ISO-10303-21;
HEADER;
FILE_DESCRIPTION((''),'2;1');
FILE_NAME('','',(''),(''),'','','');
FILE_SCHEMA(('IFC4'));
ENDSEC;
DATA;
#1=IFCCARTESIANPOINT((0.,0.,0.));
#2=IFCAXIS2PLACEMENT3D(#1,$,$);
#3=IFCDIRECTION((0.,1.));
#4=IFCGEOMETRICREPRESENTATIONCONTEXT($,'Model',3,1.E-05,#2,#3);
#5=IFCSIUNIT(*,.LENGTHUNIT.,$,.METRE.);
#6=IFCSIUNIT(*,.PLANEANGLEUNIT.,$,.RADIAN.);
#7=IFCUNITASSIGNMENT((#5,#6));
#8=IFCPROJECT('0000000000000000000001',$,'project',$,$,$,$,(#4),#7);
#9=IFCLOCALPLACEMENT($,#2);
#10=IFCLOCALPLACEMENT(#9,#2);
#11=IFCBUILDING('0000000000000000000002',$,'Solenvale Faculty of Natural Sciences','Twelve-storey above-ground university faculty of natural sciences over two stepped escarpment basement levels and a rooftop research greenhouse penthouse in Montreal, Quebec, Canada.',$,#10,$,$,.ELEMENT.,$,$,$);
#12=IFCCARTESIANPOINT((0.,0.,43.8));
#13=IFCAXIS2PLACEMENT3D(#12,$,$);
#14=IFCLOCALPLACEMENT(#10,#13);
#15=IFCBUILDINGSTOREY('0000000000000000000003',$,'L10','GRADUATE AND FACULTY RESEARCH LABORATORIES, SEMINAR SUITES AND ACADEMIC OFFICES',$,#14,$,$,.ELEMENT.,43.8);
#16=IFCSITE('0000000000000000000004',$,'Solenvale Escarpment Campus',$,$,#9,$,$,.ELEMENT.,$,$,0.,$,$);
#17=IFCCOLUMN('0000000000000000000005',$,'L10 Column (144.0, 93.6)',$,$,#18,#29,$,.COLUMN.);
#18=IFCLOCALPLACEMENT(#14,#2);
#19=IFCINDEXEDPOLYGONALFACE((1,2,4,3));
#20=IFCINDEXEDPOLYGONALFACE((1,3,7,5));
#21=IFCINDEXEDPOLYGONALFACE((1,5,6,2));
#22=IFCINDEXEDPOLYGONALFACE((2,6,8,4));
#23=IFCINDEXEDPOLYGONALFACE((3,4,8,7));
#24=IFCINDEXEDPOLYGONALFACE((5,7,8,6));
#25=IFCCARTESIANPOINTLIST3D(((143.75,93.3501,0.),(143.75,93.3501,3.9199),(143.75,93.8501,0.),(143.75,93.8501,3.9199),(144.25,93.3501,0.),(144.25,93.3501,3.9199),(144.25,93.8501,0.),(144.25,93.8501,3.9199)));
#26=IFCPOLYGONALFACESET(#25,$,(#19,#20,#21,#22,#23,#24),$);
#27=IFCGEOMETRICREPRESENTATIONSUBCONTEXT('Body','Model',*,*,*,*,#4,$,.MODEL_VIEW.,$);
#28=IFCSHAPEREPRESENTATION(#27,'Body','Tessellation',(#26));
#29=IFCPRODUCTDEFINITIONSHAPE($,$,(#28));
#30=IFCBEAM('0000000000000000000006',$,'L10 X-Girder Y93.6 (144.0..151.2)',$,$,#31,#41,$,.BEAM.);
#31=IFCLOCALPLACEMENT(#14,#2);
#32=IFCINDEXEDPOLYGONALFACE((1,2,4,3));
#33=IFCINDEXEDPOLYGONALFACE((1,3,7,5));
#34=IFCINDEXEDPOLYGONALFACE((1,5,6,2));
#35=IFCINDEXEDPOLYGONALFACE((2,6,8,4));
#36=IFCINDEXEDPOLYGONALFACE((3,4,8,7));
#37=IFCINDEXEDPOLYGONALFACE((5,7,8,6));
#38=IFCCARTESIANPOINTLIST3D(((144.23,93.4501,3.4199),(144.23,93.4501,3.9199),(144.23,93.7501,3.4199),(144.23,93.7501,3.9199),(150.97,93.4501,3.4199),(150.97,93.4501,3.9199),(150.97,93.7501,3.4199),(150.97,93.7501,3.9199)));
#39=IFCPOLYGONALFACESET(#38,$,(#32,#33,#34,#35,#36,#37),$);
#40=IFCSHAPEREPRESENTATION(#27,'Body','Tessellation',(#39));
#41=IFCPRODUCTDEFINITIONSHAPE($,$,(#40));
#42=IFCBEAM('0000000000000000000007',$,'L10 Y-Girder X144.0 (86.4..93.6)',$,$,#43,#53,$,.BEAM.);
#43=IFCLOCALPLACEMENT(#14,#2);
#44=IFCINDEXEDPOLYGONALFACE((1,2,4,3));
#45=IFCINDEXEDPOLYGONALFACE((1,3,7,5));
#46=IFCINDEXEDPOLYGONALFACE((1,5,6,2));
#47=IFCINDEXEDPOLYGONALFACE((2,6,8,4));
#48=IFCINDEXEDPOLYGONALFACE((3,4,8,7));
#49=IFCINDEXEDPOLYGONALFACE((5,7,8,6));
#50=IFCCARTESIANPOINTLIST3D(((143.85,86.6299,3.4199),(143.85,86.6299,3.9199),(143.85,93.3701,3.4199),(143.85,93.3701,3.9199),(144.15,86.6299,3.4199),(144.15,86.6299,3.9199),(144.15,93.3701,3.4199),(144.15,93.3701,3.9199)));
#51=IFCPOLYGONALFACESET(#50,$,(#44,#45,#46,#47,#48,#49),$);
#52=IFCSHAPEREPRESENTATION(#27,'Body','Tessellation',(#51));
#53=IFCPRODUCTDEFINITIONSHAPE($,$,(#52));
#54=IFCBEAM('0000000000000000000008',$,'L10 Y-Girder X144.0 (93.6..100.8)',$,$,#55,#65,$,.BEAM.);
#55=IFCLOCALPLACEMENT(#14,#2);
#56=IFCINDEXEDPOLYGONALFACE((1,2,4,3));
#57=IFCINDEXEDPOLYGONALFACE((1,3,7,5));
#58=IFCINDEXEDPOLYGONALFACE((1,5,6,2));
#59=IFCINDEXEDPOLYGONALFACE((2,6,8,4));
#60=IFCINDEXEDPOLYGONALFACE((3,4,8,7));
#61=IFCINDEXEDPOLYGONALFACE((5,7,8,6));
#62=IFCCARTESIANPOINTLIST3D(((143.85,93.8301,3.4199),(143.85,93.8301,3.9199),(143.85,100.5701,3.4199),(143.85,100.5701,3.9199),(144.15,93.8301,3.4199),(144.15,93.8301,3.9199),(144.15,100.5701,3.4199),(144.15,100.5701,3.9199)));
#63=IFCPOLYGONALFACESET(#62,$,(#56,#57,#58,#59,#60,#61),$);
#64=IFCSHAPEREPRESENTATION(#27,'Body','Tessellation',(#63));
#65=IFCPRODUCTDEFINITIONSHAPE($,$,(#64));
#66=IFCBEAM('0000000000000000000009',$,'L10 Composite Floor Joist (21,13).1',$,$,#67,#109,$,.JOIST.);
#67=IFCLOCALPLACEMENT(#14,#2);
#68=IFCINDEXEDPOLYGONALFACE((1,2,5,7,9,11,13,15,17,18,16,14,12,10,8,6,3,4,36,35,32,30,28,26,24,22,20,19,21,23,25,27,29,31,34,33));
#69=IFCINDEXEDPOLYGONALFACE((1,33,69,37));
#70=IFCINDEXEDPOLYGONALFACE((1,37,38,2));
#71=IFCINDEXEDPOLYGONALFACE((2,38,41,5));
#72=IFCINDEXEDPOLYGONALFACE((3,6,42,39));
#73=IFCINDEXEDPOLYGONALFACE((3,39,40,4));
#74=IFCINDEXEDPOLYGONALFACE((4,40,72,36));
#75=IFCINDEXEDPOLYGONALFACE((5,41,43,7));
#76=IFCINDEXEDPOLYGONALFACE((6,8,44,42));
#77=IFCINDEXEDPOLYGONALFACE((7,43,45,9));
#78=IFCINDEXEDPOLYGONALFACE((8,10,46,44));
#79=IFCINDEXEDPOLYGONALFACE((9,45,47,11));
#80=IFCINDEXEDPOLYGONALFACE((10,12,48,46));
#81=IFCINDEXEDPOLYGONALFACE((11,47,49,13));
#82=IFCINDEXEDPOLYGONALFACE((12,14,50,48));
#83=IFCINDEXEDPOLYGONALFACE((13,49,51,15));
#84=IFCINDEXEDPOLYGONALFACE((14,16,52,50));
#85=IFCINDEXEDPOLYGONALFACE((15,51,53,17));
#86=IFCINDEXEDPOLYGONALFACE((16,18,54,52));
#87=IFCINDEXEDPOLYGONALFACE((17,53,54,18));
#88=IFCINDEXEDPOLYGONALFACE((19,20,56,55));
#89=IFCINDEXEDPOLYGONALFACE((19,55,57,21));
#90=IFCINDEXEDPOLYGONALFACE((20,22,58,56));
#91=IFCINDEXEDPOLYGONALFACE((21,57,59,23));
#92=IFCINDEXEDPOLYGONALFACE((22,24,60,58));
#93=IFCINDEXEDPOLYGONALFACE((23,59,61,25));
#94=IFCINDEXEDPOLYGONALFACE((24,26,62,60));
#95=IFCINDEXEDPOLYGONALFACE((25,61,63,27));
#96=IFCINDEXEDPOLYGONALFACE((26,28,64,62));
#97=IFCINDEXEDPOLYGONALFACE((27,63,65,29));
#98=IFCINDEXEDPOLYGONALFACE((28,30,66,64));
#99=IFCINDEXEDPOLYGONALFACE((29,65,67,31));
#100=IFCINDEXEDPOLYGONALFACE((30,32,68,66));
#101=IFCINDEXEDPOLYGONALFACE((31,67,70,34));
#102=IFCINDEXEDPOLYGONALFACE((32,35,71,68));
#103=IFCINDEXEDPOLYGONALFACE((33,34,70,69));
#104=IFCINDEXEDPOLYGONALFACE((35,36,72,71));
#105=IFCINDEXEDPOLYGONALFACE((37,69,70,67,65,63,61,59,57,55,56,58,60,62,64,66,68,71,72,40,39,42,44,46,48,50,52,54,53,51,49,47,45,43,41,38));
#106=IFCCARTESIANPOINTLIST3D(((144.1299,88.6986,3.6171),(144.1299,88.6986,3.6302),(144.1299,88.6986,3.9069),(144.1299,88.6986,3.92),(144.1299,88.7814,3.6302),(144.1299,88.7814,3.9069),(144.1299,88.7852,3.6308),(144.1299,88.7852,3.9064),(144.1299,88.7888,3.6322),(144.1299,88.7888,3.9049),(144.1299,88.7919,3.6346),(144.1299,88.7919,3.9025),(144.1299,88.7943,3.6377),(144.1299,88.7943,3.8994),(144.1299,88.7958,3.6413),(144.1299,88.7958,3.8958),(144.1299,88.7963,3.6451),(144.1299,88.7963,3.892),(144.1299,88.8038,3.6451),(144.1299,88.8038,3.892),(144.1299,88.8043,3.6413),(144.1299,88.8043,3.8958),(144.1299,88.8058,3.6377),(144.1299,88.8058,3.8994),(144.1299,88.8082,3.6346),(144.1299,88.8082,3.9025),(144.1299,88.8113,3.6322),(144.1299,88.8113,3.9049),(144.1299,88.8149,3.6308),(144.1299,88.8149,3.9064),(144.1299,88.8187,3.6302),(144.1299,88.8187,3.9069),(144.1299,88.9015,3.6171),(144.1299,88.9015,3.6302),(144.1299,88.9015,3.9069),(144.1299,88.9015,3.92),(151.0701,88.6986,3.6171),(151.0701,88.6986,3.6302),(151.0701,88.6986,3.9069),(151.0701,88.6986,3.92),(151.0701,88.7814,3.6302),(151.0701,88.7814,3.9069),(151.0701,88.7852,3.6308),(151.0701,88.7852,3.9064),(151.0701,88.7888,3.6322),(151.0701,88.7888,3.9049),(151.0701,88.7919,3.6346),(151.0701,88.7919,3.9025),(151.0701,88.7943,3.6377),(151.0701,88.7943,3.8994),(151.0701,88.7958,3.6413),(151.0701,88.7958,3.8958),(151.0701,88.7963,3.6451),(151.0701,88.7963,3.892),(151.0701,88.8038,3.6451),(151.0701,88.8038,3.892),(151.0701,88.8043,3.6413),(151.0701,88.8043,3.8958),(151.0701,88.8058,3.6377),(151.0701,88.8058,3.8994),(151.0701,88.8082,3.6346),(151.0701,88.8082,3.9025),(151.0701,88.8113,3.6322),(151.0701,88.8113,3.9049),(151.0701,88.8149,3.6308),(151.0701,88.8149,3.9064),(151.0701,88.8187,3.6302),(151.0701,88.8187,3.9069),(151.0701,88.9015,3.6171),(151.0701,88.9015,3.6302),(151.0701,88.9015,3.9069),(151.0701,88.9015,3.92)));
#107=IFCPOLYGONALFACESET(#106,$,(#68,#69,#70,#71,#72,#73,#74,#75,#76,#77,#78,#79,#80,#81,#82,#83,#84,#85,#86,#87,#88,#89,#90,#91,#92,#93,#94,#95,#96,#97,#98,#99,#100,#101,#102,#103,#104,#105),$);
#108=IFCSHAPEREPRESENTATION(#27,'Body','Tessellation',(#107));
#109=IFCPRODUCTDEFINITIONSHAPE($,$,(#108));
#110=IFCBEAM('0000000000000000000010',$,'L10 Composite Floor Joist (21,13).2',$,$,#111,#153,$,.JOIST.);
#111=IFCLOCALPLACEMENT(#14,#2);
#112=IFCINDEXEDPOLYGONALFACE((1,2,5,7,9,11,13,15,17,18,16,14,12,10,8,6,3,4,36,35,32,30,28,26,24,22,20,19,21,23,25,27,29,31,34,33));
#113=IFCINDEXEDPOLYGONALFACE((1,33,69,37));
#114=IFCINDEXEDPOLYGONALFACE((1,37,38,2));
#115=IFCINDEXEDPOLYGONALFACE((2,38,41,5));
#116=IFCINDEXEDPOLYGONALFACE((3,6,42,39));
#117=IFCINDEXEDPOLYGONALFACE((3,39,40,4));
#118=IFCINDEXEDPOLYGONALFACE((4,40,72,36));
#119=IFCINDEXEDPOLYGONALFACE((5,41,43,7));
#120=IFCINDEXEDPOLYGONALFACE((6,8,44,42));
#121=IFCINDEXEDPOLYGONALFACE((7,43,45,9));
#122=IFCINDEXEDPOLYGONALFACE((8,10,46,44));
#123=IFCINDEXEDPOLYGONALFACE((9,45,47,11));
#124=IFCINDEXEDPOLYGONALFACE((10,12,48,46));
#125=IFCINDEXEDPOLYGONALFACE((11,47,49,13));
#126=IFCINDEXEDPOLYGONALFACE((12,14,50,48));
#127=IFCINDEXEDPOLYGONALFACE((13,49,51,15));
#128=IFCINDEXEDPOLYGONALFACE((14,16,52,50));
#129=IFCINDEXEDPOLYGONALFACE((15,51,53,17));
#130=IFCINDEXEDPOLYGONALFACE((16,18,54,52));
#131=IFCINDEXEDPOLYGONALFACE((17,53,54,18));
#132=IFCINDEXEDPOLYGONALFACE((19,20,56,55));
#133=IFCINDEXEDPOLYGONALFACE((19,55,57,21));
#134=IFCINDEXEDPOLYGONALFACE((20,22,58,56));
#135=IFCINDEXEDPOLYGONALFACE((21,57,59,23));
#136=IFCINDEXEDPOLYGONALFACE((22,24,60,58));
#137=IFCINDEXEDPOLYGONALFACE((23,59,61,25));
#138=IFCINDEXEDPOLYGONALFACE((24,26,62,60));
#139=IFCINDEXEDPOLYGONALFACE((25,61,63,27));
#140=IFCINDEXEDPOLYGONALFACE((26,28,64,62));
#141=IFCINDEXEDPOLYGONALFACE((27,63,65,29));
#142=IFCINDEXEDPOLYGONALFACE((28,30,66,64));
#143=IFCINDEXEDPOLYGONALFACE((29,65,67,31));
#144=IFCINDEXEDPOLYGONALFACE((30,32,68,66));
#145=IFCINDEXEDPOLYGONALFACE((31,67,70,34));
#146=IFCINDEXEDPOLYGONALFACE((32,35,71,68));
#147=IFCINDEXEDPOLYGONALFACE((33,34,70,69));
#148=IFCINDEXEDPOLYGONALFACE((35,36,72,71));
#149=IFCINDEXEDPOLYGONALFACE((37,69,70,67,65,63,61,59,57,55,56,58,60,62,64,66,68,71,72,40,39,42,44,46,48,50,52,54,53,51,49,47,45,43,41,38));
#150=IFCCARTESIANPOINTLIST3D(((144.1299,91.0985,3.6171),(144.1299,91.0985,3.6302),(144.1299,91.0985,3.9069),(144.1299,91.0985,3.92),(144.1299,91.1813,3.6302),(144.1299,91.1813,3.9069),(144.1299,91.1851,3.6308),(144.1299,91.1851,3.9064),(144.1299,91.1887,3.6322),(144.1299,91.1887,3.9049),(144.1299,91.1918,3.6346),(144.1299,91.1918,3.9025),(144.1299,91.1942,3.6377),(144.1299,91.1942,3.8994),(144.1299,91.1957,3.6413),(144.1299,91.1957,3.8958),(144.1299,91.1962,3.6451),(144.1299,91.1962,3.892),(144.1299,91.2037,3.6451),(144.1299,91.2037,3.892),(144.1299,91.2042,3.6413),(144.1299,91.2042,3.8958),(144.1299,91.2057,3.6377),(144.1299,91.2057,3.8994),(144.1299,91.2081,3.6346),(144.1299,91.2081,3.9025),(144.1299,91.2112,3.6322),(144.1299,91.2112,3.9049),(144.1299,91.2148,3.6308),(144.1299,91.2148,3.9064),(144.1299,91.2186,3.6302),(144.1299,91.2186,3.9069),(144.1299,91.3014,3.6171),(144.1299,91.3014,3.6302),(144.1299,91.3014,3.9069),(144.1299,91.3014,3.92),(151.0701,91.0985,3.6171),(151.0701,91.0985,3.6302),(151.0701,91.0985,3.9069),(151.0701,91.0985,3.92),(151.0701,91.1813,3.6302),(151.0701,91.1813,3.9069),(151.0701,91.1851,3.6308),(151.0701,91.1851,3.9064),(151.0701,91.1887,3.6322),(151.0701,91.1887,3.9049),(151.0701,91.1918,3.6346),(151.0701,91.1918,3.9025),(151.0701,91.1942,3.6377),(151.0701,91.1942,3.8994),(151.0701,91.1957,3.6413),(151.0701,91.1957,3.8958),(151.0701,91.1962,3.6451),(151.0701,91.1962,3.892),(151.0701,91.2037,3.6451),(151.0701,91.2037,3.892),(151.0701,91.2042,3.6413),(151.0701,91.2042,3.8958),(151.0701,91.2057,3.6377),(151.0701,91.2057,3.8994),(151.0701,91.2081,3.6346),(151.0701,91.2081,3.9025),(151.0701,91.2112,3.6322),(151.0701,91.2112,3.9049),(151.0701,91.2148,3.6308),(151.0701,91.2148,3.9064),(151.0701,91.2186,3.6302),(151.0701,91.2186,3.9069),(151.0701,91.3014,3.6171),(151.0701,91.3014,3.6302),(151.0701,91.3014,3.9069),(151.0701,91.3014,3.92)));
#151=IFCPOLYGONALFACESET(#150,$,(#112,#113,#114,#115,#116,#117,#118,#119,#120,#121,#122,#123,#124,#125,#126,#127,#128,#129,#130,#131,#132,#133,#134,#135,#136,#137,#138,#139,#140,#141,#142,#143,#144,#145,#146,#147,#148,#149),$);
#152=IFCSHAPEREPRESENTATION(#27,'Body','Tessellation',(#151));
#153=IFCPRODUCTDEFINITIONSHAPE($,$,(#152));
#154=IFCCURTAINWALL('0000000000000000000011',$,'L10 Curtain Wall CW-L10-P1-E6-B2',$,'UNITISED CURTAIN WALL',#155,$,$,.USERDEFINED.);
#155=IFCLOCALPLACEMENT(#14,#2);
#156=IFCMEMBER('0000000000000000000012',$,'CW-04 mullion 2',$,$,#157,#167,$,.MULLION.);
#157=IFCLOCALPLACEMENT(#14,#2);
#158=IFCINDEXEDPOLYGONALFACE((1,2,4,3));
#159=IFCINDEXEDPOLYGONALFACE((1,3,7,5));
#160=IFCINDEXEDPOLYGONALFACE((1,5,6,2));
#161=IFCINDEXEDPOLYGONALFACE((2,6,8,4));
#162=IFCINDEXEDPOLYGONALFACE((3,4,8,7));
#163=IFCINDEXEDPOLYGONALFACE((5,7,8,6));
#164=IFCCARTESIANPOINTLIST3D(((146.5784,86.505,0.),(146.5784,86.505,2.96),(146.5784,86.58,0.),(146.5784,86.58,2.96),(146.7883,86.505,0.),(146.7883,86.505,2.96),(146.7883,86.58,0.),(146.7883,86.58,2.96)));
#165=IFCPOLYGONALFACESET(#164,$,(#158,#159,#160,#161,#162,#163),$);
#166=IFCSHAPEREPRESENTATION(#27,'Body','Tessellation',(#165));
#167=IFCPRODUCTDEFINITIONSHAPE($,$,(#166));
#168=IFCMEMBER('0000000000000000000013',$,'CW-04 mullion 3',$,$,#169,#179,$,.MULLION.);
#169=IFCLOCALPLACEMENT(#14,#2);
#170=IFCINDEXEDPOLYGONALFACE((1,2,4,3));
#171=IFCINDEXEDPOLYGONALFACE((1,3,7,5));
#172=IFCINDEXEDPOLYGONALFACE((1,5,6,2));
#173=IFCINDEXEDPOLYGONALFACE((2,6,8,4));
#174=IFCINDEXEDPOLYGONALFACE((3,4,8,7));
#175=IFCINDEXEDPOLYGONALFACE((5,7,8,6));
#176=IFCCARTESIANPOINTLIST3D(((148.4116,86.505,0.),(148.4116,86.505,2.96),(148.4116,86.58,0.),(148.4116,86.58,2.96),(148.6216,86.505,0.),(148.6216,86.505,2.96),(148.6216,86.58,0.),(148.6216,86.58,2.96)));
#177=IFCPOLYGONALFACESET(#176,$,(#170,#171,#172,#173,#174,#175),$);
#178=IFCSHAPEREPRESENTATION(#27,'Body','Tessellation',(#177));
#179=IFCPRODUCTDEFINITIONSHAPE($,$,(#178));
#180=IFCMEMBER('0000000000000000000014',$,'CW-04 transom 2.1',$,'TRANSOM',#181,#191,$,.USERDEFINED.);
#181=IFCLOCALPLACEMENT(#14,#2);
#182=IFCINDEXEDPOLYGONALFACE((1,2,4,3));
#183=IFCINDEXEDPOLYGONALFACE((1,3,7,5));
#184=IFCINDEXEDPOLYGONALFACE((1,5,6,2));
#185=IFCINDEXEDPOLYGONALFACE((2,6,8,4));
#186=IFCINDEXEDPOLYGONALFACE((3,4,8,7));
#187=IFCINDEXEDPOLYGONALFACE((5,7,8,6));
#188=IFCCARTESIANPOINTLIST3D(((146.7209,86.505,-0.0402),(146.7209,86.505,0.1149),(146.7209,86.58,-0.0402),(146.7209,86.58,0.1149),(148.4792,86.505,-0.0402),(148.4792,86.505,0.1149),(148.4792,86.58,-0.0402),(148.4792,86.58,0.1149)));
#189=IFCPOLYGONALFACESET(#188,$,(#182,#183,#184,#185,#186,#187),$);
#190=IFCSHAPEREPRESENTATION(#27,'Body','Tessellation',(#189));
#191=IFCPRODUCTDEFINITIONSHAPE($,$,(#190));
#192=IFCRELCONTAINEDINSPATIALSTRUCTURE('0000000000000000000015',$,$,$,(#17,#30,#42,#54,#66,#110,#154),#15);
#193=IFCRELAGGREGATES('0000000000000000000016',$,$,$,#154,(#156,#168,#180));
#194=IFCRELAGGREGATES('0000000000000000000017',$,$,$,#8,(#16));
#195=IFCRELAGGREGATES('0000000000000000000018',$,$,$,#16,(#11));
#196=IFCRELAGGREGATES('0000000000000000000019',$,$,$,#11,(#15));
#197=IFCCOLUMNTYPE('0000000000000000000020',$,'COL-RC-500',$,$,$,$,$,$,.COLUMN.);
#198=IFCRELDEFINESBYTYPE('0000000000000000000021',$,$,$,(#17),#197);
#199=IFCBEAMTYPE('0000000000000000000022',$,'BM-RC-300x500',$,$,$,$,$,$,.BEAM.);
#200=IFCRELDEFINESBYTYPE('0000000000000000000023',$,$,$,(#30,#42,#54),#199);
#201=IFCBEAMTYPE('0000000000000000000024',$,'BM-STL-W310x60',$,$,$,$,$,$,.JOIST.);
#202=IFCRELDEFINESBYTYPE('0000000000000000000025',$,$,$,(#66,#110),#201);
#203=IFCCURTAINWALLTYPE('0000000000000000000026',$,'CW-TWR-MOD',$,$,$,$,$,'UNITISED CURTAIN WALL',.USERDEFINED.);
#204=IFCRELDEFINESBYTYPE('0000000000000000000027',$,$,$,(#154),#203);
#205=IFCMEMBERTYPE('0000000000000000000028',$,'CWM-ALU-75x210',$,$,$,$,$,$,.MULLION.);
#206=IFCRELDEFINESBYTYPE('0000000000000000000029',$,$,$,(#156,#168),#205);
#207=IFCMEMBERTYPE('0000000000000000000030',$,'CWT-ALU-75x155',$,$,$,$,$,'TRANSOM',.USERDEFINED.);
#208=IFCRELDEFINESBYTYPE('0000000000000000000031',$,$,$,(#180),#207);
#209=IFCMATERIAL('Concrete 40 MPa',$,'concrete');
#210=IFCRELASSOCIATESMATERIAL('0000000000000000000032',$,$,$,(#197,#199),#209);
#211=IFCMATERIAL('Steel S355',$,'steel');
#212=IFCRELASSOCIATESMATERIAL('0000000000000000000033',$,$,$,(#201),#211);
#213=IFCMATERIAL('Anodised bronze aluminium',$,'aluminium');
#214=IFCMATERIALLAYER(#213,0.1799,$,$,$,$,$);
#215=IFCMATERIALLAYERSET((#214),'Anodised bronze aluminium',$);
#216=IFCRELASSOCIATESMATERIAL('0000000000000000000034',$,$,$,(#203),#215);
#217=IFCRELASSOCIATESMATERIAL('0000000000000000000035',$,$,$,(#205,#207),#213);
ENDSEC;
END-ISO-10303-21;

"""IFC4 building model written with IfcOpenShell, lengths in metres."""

from ifc_helpers import new_model, si_unit, direction, frame, origin, origin_2d, place, context, subcontext, project, spatial, rectangle, i_section, extrude, material, layer, layer_set, material_profile, profile_set, type_object, element, aggregate, save


model = new_model("IFC4")

# Units and contexts
model_context = context("Model", 3, precision=1e-05, world=origin(), true_north=direction((0.0, 1.0)))
body_context = subcontext(model_context, "Body", "Model", "MODEL_VIEW")
ifc_project = project(units=[si_unit("LENGTHUNIT", "METRE"), si_unit("PLANEANGLEUNIT", "RADIAN")], contexts=[model_context])

# Site, building, storey
site_placement = place(None, origin())
site = spatial("IfcSite", under=ifc_project, at=site_placement, Name="Solenvale Escarpment Campus", CompositionType="ELEMENT", RefElevation=0.0)
building_placement = place(site_placement, origin())
building = spatial("IfcBuilding", under=site, at=building_placement, Name="Solenvale Faculty of Natural Sciences", Description="Twelve-storey above-ground university faculty of natural sciences over two stepped escarpment basement levels and a rooftop research greenhouse penthouse in Montreal, Quebec, Canada.", CompositionType="ELEMENT")
storey_placement = place(building_placement, frame((0.0, 0.0, 43.8)))
storey = spatial("IfcBuildingStorey", under=building, at=storey_placement, Name="L10", Description="GRADUATE AND FACULTY RESEARCH LABORATORIES, SEMINAR SUITES AND ACADEMIC OFFICES", CompositionType="ELEMENT", Elevation=43.8)

# Column
ifc_material_1 = material(Name="Concrete 40 MPa", Category="concrete")
ifc_material_profile_1 = material_profile(ifc_material_1, rectangle(XDim=0.5, YDim=0.5, at=origin_2d()), Name="RC-COL-500x500")
ifc_profile_set_1 = profile_set([ifc_material_profile_1], Name="Concrete 40 MPa")
column_type = type_object("IfcColumnType", Name="COL-RC-500", PredefinedType="COLUMN", material=ifc_profile_set_1)
column_placement = place(storey_placement, frame((144.0, 93.6001, 0.0), z_axis=(0.0, 0.0, 1.0), x_axis=(1.0, 0.0, 0.0)))
element("IfcColumn", 1, at=column_placement, inside=storey, type_object=column_type, Name="L10 Column (144.0, 93.6)", PredefinedType="COLUMN", context=body_context, shape_type="SweptSolid", body=[
    extrude(rectangle(XDim=0.5, YDim=0.5, at=origin_2d()), origin(), (0.0, 0.0, 1.0), 3.9199),
])

# Beams
ifc_material_profile_2 = material_profile(ifc_material_1, rectangle(XDim=0.3, YDim=0.5, at=origin_2d()), Name="RC-BM-300x500")
ifc_profile_set_2 = profile_set([ifc_material_profile_2], Name="Concrete 40 MPa")
beam_type_1 = type_object("IfcBeamType", Name="BM-RC-300x500", PredefinedType="BEAM", material=ifc_profile_set_2)
beam_1_placement = place(storey_placement, frame((144.23, 93.6001, 3.6699), z_axis=(1.0, 0.0, 0.0), x_axis=(0.0, 1.0, 0.0)))
element("IfcBeam", 2, at=beam_1_placement, inside=storey, type_object=beam_type_1, Name="L10 X-Girder Y93.6 (144.0..151.2)", PredefinedType="BEAM", context=body_context, shape_type="SweptSolid", body=[
    extrude(rectangle(XDim=0.3, YDim=0.5, at=origin_2d()), origin(), (0.0, 0.0, 1.0), 6.74),
])
beam_2_placement = place(storey_placement, frame((144.0, 86.6299, 3.6699), z_axis=(0.0, 1.0, 0.0), x_axis=(-1.0, 0.0, 0.0)))
element("IfcBeam", 3, at=beam_2_placement, inside=storey, type_object=beam_type_1, Name="L10 Y-Girder X144.0 (86.4..93.6)", PredefinedType="BEAM", context=body_context, shape_type="SweptSolid", body=[
    extrude(rectangle(XDim=0.3, YDim=0.5, at=origin_2d()), origin(), (0.0, 0.0, 1.0), 6.7402),
])
beam_3_placement = place(storey_placement, frame((144.0, 93.8301, 3.6699), z_axis=(0.0, 1.0, 0.0), x_axis=(-1.0, 0.0, 0.0)))
element("IfcBeam", 4, at=beam_3_placement, inside=storey, type_object=beam_type_1, Name="L10 Y-Girder X144.0 (93.6..100.8)", PredefinedType="BEAM", context=body_context, shape_type="SweptSolid", body=[
    extrude(rectangle(XDim=0.3, YDim=0.5, at=origin_2d()), origin(), (0.0, 0.0, 1.0), 6.74),
])
ifc_material_2 = material(Name="Steel S355", Category="steel")
ifc_material_profile_3 = material_profile(ifc_material_2, i_section(OverallWidth=0.2029, OverallDepth=0.303, WebThickness=0.0076, FlangeThickness=0.0132, FilletRadius=0.0149, at=origin_2d()), Name="W310x60")
ifc_profile_set_3 = profile_set([ifc_material_profile_3], Name="Steel S355")
beam_type_2 = type_object("IfcBeamType", Name="BM-STL-W310x60", PredefinedType="JOIST", material=ifc_profile_set_3)
for number, where, z_axis, x_axis, name in (
    (5, (144.1299, 88.8, 3.7686), (1.0, 0.0, 0.0), (0.0, 1.0, 0.0), "L10 Composite Floor Joist (21,13).1"),
    (6, (144.1299, 91.2, 3.7686), (1.0, 0.0, 0.0), (0.0, 1.0, 0.0), "L10 Composite Floor Joist (21,13).2"),
):
    element("IfcBeam", number, at=place(storey_placement, frame(where, z_axis=z_axis, x_axis=x_axis)), inside=storey, type_object=beam_type_2, Name=name, PredefinedType="JOIST", context=body_context, shape_type="SweptSolid", body=[
        extrude(i_section(OverallWidth=0.2029, OverallDepth=0.303, WebThickness=0.0076, FlangeThickness=0.0132, FilletRadius=0.0149, at=origin_2d()), origin(), (0.0, 0.0, 1.0), 6.9402),
    ])

# Curtain wall, members
ifc_material_3 = material(Name="Anodised bronze aluminium", Category="aluminium")
ifc_layer_1 = layer(ifc_material_3, 0.1799)
ifc_layer_set_1 = layer_set([ifc_layer_1], Name="Anodised bronze aluminium")
curtain_wall_type = type_object("IfcCurtainWallType", Name="CW-TWR-MOD", ElementType="UNITISED CURTAIN WALL", PredefinedType="USERDEFINED", material=ifc_layer_set_1)
curtain_wall_placement = place(storey_placement, origin())
curtain_wall = element("IfcCurtainWall", 7, at=curtain_wall_placement, inside=storey, type_object=curtain_wall_type, Name="L10 Curtain Wall CW-L10-P1-E6-B2", ObjectType="UNITISED CURTAIN WALL", PredefinedType="USERDEFINED")
ifc_material_profile_4 = material_profile(ifc_material_3, rectangle(XDim=0.075, YDim=0.21, at=origin_2d()), Name="ALU-MUL-75x210")
ifc_profile_set_4 = profile_set([ifc_material_profile_4], Name="Anodised bronze aluminium")
member_type_1 = type_object("IfcMemberType", Name="CWM-ALU-75x210", PredefinedType="MULLION", material=ifc_profile_set_4)
member_1_placement = place(storey_placement, frame((146.6833, 86.5425, 0.0), z_axis=(0.0, 0.0, 1.0), x_axis=(0.0, 1.0, 0.0)))
member_1 = element("IfcMember", 8, at=member_1_placement, type_object=member_type_1, Name="CW-04 mullion 2", PredefinedType="MULLION", context=body_context, shape_type="SweptSolid", body=[
    extrude(rectangle(XDim=0.075, YDim=0.21, at=origin_2d()), origin(), (0.0, 0.0, 1.0), 2.96),
])
member_2_placement = place(storey_placement, frame((148.5166, 86.5425, 0.0), z_axis=(0.0, 0.0, 1.0), x_axis=(0.0, 1.0, 0.0)))
member_2 = element("IfcMember", 9, at=member_2_placement, type_object=member_type_1, Name="CW-04 mullion 3", PredefinedType="MULLION", context=body_context, shape_type="SweptSolid", body=[
    extrude(rectangle(XDim=0.075, YDim=0.21, at=origin_2d()), origin(), (0.0, 0.0, 1.0), 2.96),
])
ifc_material_profile_5 = material_profile(ifc_material_3, rectangle(XDim=0.075, YDim=0.155, at=origin_2d()), Name="ALU-TRN-75x155")
ifc_profile_set_5 = profile_set([ifc_material_profile_5], Name="Anodised bronze aluminium")
member_type_2 = type_object("IfcMemberType", Name="CWT-ALU-75x155", ElementType="TRANSOM", PredefinedType="USERDEFINED", material=ifc_profile_set_5)
member_3_placement = place(storey_placement, frame((146.7209, 86.5425, 0.0374), z_axis=(1.0, 0.0, 0.0), x_axis=(0.0, 1.0, 0.0)))
member_3 = element("IfcMember", 10, at=member_3_placement, type_object=member_type_2, Name="CW-04 transom 2.1", ObjectType="TRANSOM", PredefinedType="USERDEFINED", context=body_context, shape_type="SweptSolid", body=[
    extrude(rectangle(XDim=0.075, YDim=0.155, at=origin_2d()), origin(), (0.0, 0.0, 1.0), 1.7583),
])
aggregate(curtain_wall, [member_1, member_2, member_3])

save(model, "model.ifc")
